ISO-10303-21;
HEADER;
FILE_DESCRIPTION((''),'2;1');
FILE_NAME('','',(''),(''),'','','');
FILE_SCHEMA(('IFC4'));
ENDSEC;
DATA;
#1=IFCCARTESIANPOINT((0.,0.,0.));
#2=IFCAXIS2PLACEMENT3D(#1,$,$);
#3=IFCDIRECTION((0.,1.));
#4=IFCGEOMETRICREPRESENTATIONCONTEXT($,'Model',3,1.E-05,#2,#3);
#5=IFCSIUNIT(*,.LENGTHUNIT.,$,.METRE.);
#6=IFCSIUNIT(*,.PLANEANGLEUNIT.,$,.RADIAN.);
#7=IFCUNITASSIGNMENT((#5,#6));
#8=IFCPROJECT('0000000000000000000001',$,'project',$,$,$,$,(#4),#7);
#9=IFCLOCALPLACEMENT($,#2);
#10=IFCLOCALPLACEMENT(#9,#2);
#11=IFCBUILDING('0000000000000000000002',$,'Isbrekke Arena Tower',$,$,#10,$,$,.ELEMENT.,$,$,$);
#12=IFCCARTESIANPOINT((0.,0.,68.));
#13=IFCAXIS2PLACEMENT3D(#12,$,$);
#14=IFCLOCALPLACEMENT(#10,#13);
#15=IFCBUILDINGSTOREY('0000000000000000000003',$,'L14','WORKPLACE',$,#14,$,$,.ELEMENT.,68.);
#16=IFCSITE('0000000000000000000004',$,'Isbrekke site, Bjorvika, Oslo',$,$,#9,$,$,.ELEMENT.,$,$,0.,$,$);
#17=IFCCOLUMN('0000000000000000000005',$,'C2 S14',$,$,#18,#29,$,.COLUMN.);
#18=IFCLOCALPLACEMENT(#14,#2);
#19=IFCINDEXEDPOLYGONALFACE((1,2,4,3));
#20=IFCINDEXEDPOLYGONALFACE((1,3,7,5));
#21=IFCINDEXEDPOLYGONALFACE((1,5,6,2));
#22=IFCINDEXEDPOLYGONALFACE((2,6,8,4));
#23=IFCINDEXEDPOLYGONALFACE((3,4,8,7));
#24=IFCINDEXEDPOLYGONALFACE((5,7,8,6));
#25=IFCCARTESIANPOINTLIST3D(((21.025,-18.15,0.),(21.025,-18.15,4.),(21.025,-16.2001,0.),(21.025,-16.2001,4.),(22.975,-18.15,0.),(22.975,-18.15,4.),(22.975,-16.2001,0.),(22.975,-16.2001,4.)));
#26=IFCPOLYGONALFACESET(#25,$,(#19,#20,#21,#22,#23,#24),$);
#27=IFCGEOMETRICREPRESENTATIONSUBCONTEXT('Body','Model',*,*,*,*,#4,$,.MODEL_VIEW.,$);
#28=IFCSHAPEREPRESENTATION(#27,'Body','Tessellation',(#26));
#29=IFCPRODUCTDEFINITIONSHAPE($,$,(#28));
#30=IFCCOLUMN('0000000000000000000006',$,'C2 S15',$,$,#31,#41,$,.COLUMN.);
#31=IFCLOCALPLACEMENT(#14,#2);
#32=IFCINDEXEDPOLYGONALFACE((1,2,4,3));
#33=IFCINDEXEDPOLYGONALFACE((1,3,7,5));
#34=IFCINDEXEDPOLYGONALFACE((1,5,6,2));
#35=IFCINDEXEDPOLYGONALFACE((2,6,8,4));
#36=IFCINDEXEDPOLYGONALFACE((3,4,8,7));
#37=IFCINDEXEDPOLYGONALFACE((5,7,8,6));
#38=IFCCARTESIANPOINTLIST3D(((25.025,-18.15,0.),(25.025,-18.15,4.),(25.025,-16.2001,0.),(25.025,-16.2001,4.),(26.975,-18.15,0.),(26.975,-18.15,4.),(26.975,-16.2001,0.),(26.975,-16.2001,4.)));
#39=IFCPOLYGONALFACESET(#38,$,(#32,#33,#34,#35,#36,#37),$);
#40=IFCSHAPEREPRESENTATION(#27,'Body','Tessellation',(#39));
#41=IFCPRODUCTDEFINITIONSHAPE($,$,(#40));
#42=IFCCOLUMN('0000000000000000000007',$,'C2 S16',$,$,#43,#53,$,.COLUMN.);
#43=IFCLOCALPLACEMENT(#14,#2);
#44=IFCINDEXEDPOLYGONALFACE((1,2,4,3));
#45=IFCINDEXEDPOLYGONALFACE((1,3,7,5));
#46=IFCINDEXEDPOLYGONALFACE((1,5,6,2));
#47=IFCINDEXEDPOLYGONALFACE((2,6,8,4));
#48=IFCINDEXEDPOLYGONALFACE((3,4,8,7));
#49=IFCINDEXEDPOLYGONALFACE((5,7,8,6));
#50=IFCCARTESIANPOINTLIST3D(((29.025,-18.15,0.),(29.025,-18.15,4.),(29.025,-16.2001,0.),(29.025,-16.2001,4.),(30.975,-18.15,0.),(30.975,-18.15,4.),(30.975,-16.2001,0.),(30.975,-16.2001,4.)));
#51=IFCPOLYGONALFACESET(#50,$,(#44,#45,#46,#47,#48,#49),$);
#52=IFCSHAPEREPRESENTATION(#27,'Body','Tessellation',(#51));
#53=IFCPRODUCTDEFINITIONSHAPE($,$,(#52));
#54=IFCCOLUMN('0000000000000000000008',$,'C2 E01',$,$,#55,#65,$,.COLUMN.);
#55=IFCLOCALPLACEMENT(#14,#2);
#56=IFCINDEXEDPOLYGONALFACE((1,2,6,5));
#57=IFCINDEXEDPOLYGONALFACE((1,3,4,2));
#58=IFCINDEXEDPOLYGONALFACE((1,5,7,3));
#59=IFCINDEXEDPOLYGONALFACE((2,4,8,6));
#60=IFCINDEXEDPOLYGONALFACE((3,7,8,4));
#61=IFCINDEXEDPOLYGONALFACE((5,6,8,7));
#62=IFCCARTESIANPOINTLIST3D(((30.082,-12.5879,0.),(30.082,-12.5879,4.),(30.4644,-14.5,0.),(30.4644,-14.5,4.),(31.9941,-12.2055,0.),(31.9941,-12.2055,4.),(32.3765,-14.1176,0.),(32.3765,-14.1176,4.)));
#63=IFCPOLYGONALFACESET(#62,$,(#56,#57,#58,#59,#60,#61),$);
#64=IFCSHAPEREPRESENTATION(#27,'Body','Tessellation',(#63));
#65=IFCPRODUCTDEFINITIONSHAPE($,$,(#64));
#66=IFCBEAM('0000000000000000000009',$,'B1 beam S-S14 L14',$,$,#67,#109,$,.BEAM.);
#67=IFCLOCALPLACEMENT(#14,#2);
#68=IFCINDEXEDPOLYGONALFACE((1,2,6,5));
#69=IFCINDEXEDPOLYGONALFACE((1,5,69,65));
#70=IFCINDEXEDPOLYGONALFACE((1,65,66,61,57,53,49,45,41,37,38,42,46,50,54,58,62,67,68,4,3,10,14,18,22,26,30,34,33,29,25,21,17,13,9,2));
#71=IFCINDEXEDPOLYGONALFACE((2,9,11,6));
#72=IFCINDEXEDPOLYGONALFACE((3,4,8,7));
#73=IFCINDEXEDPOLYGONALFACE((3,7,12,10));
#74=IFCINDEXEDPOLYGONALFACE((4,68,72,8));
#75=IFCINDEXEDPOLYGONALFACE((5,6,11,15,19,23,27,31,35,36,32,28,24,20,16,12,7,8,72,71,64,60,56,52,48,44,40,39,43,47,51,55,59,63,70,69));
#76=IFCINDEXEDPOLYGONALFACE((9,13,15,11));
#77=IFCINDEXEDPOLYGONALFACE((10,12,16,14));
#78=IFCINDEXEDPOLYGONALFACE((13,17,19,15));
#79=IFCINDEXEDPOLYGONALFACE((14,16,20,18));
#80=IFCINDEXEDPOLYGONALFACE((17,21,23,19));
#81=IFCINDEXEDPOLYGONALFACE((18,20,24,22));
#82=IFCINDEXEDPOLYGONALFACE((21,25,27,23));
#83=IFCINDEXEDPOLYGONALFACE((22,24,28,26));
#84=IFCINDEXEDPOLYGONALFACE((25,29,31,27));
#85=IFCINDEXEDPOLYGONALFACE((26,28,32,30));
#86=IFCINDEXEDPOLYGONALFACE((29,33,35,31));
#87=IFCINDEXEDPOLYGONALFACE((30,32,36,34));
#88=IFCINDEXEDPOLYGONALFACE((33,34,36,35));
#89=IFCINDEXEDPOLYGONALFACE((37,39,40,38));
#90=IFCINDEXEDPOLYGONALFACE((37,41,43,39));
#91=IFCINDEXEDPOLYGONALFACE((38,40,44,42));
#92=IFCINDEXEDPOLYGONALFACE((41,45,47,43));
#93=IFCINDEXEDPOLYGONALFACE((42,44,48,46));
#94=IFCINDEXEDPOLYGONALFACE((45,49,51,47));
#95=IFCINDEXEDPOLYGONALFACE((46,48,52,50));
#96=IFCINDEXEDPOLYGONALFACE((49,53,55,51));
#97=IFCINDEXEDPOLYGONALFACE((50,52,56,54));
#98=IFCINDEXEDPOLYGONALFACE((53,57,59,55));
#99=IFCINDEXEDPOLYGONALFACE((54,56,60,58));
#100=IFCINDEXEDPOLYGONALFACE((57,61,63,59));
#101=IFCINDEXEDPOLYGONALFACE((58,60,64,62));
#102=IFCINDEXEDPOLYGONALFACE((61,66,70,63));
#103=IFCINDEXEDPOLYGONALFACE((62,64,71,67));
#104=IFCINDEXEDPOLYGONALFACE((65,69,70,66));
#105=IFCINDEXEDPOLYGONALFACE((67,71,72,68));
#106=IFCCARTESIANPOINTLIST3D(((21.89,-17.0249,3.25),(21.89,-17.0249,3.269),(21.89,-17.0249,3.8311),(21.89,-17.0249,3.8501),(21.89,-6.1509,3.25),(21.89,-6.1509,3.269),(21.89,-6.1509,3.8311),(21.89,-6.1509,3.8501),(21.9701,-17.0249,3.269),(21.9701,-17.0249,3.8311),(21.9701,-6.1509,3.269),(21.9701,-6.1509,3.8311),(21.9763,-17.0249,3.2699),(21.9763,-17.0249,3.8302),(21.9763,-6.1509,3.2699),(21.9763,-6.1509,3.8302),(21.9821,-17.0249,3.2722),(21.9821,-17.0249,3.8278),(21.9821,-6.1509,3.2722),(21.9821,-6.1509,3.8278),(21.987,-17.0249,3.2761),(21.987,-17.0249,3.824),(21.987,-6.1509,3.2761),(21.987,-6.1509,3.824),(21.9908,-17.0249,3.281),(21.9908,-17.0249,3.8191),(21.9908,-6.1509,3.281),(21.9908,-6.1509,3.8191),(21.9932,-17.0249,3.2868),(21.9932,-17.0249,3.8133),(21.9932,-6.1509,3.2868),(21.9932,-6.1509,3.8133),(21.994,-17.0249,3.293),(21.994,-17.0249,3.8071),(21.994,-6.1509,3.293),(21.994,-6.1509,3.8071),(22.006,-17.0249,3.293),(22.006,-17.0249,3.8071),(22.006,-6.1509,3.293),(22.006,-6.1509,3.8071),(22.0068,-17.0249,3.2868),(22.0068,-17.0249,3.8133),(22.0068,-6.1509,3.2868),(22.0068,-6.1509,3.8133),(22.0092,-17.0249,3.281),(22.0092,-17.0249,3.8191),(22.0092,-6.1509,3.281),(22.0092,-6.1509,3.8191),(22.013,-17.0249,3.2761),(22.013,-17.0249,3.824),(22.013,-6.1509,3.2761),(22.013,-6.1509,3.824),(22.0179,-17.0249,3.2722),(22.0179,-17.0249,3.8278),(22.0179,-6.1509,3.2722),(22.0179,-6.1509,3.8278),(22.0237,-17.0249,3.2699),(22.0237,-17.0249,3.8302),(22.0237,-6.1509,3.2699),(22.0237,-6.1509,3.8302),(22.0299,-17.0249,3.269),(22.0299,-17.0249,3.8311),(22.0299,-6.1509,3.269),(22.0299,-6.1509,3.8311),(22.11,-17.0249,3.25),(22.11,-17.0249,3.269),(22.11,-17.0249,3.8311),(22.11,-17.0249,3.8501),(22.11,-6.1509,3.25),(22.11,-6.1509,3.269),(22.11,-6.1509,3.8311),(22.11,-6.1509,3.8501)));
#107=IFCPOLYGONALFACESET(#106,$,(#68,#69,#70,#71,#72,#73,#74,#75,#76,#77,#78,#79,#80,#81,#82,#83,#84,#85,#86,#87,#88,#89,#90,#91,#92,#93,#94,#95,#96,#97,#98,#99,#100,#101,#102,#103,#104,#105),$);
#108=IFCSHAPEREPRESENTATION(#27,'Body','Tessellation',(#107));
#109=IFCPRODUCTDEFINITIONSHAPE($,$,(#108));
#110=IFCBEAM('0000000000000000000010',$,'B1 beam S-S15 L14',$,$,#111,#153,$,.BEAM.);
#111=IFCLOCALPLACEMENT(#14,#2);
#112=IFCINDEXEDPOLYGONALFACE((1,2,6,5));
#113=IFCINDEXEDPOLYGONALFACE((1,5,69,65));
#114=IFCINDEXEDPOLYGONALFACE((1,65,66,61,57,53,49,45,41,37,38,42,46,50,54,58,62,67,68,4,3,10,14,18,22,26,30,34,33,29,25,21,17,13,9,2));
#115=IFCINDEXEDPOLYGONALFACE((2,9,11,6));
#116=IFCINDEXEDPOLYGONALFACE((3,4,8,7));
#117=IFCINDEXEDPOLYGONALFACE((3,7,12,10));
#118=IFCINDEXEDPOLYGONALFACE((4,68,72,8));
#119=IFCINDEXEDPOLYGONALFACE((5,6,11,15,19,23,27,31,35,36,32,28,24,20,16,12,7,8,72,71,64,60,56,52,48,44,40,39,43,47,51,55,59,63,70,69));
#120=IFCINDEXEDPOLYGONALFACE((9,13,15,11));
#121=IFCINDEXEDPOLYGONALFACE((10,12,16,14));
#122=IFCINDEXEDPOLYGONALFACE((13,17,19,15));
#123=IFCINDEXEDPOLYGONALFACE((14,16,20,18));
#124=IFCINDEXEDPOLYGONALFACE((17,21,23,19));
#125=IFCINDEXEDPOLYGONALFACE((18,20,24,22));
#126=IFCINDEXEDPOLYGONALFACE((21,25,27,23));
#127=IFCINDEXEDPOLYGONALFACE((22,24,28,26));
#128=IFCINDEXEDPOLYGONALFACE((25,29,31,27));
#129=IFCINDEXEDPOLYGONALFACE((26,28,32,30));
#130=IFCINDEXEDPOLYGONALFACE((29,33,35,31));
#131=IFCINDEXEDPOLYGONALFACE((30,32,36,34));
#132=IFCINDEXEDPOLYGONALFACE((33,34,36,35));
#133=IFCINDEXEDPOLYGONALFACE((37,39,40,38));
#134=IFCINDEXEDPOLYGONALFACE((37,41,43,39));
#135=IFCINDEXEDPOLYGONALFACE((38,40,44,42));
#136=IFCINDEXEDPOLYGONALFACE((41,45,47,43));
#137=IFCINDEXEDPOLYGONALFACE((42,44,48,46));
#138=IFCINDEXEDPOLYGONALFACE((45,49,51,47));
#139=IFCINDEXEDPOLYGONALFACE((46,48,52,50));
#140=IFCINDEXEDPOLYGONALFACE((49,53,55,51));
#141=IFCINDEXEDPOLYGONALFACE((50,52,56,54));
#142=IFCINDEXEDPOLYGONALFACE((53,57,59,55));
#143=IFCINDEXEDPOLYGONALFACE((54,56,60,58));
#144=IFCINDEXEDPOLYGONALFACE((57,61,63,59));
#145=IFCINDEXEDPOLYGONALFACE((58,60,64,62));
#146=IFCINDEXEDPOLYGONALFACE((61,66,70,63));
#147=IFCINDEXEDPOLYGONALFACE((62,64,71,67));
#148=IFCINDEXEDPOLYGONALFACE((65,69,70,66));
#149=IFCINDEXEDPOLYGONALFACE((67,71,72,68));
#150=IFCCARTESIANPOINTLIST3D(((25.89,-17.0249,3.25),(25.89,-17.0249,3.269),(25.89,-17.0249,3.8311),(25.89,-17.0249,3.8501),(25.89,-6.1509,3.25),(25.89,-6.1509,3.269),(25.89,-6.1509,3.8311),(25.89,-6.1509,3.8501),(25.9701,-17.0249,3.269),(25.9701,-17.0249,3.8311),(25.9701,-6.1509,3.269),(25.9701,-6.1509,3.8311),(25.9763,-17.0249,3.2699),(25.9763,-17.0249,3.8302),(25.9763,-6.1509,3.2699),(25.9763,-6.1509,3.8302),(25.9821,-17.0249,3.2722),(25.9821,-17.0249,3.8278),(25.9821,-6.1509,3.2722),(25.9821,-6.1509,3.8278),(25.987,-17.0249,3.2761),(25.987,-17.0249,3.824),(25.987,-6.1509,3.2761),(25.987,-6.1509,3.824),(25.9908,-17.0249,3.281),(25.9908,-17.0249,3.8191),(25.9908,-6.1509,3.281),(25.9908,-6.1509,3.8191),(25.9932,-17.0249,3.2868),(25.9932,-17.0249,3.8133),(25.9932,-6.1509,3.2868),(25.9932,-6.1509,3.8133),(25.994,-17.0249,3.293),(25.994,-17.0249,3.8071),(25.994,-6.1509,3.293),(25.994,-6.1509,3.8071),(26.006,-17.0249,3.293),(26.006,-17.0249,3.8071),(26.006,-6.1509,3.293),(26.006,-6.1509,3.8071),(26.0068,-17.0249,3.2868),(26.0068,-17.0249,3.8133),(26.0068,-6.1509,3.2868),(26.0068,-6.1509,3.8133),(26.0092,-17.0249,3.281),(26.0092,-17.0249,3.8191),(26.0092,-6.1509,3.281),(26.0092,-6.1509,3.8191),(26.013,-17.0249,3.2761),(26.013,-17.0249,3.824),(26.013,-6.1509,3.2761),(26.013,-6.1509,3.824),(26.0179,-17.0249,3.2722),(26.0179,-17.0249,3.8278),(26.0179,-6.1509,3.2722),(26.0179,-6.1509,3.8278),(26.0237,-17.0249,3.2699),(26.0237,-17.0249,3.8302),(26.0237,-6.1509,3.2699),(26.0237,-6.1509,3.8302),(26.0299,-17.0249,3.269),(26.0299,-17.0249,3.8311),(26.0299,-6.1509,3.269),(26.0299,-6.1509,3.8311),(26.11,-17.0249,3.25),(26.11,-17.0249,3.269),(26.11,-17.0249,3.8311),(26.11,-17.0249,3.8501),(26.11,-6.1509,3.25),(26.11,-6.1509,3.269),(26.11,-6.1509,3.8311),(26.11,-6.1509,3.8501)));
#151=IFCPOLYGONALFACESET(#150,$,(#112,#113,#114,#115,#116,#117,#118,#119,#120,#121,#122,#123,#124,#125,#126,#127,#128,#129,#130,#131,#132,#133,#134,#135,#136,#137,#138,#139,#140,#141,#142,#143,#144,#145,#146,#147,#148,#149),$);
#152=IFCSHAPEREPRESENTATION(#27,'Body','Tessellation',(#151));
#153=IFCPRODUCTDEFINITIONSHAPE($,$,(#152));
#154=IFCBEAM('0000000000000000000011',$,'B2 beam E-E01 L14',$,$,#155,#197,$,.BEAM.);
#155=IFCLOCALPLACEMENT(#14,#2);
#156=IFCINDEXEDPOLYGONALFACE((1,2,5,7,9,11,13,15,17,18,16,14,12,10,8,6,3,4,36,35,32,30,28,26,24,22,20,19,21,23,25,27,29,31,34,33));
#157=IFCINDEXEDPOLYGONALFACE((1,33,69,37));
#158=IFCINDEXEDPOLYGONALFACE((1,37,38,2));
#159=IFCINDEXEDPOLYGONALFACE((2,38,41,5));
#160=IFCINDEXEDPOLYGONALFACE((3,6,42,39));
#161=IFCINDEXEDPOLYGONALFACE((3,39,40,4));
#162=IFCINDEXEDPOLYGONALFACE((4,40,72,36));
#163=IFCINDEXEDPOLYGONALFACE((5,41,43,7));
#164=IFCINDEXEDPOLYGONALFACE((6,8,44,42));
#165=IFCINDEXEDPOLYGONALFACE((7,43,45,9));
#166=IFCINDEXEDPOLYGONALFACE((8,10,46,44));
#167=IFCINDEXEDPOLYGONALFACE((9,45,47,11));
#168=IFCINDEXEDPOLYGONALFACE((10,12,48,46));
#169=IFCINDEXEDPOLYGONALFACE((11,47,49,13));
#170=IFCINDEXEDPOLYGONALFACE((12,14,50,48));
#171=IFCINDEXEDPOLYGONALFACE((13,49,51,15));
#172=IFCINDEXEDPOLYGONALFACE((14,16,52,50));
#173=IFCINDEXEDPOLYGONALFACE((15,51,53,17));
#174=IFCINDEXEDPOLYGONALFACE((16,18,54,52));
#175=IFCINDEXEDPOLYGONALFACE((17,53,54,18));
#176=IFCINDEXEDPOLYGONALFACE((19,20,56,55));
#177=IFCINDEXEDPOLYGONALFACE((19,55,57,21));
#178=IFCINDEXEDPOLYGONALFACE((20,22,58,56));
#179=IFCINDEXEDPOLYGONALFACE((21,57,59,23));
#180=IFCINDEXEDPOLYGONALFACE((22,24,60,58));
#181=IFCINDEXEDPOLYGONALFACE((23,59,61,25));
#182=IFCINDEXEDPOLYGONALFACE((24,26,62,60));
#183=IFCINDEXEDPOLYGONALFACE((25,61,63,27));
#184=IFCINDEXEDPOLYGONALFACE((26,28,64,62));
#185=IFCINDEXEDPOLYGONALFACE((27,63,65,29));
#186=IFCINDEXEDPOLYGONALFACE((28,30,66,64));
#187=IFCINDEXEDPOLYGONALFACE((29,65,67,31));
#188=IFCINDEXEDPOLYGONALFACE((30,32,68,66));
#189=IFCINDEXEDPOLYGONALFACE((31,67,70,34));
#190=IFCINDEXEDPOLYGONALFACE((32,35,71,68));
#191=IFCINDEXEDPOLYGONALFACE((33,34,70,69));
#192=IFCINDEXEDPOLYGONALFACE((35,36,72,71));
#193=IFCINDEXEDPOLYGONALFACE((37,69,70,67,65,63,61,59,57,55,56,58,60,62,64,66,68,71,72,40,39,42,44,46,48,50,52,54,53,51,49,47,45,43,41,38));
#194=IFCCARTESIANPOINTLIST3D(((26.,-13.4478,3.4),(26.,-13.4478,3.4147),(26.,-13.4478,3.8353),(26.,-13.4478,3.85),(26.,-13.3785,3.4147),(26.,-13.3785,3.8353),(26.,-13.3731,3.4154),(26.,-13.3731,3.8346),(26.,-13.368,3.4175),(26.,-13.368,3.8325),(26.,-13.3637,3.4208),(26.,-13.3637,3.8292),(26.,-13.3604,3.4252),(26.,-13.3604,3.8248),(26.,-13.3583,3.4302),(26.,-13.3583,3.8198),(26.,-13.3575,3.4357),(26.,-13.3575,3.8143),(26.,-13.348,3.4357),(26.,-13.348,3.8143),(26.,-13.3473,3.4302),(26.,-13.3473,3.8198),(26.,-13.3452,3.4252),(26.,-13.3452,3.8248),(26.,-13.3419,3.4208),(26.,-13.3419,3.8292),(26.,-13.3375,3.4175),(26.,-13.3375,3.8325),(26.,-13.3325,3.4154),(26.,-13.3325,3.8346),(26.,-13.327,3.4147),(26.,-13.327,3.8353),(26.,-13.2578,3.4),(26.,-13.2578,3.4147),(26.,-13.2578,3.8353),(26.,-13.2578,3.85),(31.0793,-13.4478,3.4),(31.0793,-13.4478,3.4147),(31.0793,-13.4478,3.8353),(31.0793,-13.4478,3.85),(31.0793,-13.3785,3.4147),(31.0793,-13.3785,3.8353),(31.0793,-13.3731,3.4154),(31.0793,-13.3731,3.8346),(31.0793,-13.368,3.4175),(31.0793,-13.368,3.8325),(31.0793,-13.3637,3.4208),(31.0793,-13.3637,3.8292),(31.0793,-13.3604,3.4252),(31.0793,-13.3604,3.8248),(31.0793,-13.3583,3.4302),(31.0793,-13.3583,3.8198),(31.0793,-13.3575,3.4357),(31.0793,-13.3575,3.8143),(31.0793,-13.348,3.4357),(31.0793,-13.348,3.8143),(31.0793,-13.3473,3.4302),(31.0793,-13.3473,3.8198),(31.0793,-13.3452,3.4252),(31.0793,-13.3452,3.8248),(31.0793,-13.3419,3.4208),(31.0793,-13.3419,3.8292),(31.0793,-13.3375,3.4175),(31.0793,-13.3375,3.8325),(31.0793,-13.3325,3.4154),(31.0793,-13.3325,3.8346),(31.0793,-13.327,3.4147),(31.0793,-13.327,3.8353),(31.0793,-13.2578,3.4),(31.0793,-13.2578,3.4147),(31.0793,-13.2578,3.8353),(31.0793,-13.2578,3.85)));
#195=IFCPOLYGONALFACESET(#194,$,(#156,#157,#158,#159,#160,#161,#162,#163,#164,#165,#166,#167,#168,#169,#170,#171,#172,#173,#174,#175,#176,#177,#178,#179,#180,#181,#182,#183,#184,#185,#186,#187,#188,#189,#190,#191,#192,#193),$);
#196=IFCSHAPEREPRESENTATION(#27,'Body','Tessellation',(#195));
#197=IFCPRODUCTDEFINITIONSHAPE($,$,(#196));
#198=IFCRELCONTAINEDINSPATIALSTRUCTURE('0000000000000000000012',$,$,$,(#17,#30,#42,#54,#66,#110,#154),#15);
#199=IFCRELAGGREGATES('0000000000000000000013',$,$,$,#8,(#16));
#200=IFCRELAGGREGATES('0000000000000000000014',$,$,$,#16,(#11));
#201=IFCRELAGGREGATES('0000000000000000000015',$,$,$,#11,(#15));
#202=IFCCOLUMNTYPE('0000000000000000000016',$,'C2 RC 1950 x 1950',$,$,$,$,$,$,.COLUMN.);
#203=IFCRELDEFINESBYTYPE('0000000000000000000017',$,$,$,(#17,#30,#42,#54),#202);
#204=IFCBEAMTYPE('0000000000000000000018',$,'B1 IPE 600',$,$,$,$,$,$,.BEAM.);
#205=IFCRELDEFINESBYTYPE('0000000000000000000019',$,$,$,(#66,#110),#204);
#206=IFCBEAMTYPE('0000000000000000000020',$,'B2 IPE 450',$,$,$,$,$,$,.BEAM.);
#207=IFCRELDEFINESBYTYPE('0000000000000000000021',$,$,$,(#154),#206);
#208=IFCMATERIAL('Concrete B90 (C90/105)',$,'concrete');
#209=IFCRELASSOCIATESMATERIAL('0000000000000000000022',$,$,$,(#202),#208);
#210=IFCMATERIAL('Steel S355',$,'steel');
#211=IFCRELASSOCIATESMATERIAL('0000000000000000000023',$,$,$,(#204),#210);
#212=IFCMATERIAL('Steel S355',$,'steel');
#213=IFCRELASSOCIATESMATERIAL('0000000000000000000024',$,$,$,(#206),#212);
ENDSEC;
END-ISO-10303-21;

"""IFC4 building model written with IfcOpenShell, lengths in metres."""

from ifc_helpers import new_model, si_unit, direction, frame, origin, origin_2d, place, context, subcontext, project, spatial, rectangle, i_section, extrude, material, material_profile, profile_set, type_object, element, save


model = new_model("IFC4")

# Units and contexts
model_context = context("Model", 3, precision=1e-05, world=origin(), true_north=direction((0.0, 1.0)))
body_context = subcontext(model_context, "Body", "Model", "MODEL_VIEW")
ifc_project = project(units=[si_unit("LENGTHUNIT", "METRE"), si_unit("PLANEANGLEUNIT", "RADIAN")], contexts=[model_context])

# Site, building, storey
site_placement = place(None, origin())
site = spatial("IfcSite", under=ifc_project, at=site_placement, Name="Isbrekke site, Bjorvika, Oslo", CompositionType="ELEMENT", RefElevation=0.0)
building_placement = place(site_placement, origin())
building = spatial("IfcBuilding", under=site, at=building_placement, Name="Isbrekke Arena Tower", CompositionType="ELEMENT")
storey_placement = place(building_placement, frame((0.0, 0.0, 68.0)))
storey = spatial("IfcBuildingStorey", under=building, at=storey_placement, Name="L14", Description="WORKPLACE", CompositionType="ELEMENT", Elevation=68.0)

# Columns
ifc_material_1 = material(Name="Concrete B90 (C90/105)", Category="concrete")
ifc_material_profile_1 = material_profile(ifc_material_1, rectangle(XDim=1.95, YDim=1.95, at=origin_2d()), Name="RC 1950x1950")
ifc_profile_set_1 = profile_set([ifc_material_profile_1], Name="Concrete B90 (C90/105)")
column_type = type_object("IfcColumnType", Name="C2 RC 1950 x 1950", PredefinedType="COLUMN", material=ifc_profile_set_1)
for number, where, z_axis, x_axis, name in (
    (1, (22.0, -17.175, 0.0), (0.0, 0.0, 1.0), (1.0, 0.0, 0.0), "C2 S14"),
    (2, (26.0, -17.175, 0.0), (0.0, 0.0, 1.0), (1.0, 0.0, 0.0), "C2 S15"),
    (3, (30.0, -17.175, 0.0), (0.0, 0.0, 1.0), (1.0, 0.0, 0.0), "C2 S16"),
    (4, (31.2292, -13.3528, 0.0), (0.0, 0.0, 1.0), (-0.196116, 0.980581, 0.0), "C2 E01"),
):
    element("IfcColumn", number, at=place(storey_placement, frame(where, z_axis=z_axis, x_axis=x_axis)), inside=storey, type_object=column_type, Name=name, PredefinedType="COLUMN", context=body_context, shape_type="SweptSolid", body=[
        extrude(rectangle(XDim=1.95, YDim=1.95, at=origin_2d()), origin(), (0.0, 0.0, 1.0), 4.0),
    ])

# Beams
ifc_material_2 = material(Name="Steel S355", Category="steel")
ifc_material_profile_2 = material_profile(ifc_material_2, i_section(OverallWidth=0.22, OverallDepth=0.6001, WebThickness=0.012, FlangeThickness=0.019, FilletRadius=0.0239, at=origin_2d()), Name="IPE 600")
ifc_profile_set_2 = profile_set([ifc_material_profile_2], Name="Steel S355")
beam_type_1 = type_object("IfcBeamType", Name="B1 IPE 600", PredefinedType="BEAM", material=ifc_profile_set_2)
for number, where, z_axis, x_axis, name in (
    (5, (22.0, -17.0249, 3.55), (0.0, 1.0, 0.0), (-1.0, 0.0, 0.0), "B1 beam S-S14 L14"),
    (6, (26.0, -17.0249, 3.55), (0.0, 1.0, 0.0), (-1.0, 0.0, 0.0), "B1 beam S-S15 L14"),
):
    element("IfcBeam", number, at=place(storey_placement, frame(where, z_axis=z_axis, x_axis=x_axis)), inside=storey, type_object=beam_type_1, Name=name, PredefinedType="BEAM", context=body_context, shape_type="SweptSolid", body=[
        extrude(i_section(OverallWidth=0.22, OverallDepth=0.6001, WebThickness=0.012, FlangeThickness=0.019, FilletRadius=0.0239, at=origin_2d()), origin(), (0.0, 0.0, 1.0), 10.874),
    ])
ifc_material_3 = material(Name="Steel S355", Category="steel")
ifc_material_profile_3 = material_profile(ifc_material_3, i_section(OverallWidth=0.1899, OverallDepth=0.45, WebThickness=0.0095, FlangeThickness=0.0146, FilletRadius=0.021, at=origin_2d()), Name="IPE 450")
ifc_profile_set_3 = profile_set([ifc_material_profile_3], Name="Steel S355")
beam_type_2 = type_object("IfcBeamType", Name="B2 IPE 450", PredefinedType="BEAM", material=ifc_profile_set_3)
beam_1_placement = place(storey_placement, frame((31.0793, -13.3528, 3.625), z_axis=(-1.0, 0.0, 0.0), x_axis=(0.0, -1.0, 0.0)))
element("IfcBeam", 7, at=beam_1_placement, inside=storey, type_object=beam_type_2, Name="B2 beam E-E01 L14", PredefinedType="BEAM", context=body_context, shape_type="SweptSolid", body=[
    extrude(i_section(OverallWidth=0.1899, OverallDepth=0.45, WebThickness=0.0095, FlangeThickness=0.0146, FilletRadius=0.021, at=origin_2d()), origin(), (0.0, 0.0, 1.0), 5.0793),
])

save(model, "model.ifc")
